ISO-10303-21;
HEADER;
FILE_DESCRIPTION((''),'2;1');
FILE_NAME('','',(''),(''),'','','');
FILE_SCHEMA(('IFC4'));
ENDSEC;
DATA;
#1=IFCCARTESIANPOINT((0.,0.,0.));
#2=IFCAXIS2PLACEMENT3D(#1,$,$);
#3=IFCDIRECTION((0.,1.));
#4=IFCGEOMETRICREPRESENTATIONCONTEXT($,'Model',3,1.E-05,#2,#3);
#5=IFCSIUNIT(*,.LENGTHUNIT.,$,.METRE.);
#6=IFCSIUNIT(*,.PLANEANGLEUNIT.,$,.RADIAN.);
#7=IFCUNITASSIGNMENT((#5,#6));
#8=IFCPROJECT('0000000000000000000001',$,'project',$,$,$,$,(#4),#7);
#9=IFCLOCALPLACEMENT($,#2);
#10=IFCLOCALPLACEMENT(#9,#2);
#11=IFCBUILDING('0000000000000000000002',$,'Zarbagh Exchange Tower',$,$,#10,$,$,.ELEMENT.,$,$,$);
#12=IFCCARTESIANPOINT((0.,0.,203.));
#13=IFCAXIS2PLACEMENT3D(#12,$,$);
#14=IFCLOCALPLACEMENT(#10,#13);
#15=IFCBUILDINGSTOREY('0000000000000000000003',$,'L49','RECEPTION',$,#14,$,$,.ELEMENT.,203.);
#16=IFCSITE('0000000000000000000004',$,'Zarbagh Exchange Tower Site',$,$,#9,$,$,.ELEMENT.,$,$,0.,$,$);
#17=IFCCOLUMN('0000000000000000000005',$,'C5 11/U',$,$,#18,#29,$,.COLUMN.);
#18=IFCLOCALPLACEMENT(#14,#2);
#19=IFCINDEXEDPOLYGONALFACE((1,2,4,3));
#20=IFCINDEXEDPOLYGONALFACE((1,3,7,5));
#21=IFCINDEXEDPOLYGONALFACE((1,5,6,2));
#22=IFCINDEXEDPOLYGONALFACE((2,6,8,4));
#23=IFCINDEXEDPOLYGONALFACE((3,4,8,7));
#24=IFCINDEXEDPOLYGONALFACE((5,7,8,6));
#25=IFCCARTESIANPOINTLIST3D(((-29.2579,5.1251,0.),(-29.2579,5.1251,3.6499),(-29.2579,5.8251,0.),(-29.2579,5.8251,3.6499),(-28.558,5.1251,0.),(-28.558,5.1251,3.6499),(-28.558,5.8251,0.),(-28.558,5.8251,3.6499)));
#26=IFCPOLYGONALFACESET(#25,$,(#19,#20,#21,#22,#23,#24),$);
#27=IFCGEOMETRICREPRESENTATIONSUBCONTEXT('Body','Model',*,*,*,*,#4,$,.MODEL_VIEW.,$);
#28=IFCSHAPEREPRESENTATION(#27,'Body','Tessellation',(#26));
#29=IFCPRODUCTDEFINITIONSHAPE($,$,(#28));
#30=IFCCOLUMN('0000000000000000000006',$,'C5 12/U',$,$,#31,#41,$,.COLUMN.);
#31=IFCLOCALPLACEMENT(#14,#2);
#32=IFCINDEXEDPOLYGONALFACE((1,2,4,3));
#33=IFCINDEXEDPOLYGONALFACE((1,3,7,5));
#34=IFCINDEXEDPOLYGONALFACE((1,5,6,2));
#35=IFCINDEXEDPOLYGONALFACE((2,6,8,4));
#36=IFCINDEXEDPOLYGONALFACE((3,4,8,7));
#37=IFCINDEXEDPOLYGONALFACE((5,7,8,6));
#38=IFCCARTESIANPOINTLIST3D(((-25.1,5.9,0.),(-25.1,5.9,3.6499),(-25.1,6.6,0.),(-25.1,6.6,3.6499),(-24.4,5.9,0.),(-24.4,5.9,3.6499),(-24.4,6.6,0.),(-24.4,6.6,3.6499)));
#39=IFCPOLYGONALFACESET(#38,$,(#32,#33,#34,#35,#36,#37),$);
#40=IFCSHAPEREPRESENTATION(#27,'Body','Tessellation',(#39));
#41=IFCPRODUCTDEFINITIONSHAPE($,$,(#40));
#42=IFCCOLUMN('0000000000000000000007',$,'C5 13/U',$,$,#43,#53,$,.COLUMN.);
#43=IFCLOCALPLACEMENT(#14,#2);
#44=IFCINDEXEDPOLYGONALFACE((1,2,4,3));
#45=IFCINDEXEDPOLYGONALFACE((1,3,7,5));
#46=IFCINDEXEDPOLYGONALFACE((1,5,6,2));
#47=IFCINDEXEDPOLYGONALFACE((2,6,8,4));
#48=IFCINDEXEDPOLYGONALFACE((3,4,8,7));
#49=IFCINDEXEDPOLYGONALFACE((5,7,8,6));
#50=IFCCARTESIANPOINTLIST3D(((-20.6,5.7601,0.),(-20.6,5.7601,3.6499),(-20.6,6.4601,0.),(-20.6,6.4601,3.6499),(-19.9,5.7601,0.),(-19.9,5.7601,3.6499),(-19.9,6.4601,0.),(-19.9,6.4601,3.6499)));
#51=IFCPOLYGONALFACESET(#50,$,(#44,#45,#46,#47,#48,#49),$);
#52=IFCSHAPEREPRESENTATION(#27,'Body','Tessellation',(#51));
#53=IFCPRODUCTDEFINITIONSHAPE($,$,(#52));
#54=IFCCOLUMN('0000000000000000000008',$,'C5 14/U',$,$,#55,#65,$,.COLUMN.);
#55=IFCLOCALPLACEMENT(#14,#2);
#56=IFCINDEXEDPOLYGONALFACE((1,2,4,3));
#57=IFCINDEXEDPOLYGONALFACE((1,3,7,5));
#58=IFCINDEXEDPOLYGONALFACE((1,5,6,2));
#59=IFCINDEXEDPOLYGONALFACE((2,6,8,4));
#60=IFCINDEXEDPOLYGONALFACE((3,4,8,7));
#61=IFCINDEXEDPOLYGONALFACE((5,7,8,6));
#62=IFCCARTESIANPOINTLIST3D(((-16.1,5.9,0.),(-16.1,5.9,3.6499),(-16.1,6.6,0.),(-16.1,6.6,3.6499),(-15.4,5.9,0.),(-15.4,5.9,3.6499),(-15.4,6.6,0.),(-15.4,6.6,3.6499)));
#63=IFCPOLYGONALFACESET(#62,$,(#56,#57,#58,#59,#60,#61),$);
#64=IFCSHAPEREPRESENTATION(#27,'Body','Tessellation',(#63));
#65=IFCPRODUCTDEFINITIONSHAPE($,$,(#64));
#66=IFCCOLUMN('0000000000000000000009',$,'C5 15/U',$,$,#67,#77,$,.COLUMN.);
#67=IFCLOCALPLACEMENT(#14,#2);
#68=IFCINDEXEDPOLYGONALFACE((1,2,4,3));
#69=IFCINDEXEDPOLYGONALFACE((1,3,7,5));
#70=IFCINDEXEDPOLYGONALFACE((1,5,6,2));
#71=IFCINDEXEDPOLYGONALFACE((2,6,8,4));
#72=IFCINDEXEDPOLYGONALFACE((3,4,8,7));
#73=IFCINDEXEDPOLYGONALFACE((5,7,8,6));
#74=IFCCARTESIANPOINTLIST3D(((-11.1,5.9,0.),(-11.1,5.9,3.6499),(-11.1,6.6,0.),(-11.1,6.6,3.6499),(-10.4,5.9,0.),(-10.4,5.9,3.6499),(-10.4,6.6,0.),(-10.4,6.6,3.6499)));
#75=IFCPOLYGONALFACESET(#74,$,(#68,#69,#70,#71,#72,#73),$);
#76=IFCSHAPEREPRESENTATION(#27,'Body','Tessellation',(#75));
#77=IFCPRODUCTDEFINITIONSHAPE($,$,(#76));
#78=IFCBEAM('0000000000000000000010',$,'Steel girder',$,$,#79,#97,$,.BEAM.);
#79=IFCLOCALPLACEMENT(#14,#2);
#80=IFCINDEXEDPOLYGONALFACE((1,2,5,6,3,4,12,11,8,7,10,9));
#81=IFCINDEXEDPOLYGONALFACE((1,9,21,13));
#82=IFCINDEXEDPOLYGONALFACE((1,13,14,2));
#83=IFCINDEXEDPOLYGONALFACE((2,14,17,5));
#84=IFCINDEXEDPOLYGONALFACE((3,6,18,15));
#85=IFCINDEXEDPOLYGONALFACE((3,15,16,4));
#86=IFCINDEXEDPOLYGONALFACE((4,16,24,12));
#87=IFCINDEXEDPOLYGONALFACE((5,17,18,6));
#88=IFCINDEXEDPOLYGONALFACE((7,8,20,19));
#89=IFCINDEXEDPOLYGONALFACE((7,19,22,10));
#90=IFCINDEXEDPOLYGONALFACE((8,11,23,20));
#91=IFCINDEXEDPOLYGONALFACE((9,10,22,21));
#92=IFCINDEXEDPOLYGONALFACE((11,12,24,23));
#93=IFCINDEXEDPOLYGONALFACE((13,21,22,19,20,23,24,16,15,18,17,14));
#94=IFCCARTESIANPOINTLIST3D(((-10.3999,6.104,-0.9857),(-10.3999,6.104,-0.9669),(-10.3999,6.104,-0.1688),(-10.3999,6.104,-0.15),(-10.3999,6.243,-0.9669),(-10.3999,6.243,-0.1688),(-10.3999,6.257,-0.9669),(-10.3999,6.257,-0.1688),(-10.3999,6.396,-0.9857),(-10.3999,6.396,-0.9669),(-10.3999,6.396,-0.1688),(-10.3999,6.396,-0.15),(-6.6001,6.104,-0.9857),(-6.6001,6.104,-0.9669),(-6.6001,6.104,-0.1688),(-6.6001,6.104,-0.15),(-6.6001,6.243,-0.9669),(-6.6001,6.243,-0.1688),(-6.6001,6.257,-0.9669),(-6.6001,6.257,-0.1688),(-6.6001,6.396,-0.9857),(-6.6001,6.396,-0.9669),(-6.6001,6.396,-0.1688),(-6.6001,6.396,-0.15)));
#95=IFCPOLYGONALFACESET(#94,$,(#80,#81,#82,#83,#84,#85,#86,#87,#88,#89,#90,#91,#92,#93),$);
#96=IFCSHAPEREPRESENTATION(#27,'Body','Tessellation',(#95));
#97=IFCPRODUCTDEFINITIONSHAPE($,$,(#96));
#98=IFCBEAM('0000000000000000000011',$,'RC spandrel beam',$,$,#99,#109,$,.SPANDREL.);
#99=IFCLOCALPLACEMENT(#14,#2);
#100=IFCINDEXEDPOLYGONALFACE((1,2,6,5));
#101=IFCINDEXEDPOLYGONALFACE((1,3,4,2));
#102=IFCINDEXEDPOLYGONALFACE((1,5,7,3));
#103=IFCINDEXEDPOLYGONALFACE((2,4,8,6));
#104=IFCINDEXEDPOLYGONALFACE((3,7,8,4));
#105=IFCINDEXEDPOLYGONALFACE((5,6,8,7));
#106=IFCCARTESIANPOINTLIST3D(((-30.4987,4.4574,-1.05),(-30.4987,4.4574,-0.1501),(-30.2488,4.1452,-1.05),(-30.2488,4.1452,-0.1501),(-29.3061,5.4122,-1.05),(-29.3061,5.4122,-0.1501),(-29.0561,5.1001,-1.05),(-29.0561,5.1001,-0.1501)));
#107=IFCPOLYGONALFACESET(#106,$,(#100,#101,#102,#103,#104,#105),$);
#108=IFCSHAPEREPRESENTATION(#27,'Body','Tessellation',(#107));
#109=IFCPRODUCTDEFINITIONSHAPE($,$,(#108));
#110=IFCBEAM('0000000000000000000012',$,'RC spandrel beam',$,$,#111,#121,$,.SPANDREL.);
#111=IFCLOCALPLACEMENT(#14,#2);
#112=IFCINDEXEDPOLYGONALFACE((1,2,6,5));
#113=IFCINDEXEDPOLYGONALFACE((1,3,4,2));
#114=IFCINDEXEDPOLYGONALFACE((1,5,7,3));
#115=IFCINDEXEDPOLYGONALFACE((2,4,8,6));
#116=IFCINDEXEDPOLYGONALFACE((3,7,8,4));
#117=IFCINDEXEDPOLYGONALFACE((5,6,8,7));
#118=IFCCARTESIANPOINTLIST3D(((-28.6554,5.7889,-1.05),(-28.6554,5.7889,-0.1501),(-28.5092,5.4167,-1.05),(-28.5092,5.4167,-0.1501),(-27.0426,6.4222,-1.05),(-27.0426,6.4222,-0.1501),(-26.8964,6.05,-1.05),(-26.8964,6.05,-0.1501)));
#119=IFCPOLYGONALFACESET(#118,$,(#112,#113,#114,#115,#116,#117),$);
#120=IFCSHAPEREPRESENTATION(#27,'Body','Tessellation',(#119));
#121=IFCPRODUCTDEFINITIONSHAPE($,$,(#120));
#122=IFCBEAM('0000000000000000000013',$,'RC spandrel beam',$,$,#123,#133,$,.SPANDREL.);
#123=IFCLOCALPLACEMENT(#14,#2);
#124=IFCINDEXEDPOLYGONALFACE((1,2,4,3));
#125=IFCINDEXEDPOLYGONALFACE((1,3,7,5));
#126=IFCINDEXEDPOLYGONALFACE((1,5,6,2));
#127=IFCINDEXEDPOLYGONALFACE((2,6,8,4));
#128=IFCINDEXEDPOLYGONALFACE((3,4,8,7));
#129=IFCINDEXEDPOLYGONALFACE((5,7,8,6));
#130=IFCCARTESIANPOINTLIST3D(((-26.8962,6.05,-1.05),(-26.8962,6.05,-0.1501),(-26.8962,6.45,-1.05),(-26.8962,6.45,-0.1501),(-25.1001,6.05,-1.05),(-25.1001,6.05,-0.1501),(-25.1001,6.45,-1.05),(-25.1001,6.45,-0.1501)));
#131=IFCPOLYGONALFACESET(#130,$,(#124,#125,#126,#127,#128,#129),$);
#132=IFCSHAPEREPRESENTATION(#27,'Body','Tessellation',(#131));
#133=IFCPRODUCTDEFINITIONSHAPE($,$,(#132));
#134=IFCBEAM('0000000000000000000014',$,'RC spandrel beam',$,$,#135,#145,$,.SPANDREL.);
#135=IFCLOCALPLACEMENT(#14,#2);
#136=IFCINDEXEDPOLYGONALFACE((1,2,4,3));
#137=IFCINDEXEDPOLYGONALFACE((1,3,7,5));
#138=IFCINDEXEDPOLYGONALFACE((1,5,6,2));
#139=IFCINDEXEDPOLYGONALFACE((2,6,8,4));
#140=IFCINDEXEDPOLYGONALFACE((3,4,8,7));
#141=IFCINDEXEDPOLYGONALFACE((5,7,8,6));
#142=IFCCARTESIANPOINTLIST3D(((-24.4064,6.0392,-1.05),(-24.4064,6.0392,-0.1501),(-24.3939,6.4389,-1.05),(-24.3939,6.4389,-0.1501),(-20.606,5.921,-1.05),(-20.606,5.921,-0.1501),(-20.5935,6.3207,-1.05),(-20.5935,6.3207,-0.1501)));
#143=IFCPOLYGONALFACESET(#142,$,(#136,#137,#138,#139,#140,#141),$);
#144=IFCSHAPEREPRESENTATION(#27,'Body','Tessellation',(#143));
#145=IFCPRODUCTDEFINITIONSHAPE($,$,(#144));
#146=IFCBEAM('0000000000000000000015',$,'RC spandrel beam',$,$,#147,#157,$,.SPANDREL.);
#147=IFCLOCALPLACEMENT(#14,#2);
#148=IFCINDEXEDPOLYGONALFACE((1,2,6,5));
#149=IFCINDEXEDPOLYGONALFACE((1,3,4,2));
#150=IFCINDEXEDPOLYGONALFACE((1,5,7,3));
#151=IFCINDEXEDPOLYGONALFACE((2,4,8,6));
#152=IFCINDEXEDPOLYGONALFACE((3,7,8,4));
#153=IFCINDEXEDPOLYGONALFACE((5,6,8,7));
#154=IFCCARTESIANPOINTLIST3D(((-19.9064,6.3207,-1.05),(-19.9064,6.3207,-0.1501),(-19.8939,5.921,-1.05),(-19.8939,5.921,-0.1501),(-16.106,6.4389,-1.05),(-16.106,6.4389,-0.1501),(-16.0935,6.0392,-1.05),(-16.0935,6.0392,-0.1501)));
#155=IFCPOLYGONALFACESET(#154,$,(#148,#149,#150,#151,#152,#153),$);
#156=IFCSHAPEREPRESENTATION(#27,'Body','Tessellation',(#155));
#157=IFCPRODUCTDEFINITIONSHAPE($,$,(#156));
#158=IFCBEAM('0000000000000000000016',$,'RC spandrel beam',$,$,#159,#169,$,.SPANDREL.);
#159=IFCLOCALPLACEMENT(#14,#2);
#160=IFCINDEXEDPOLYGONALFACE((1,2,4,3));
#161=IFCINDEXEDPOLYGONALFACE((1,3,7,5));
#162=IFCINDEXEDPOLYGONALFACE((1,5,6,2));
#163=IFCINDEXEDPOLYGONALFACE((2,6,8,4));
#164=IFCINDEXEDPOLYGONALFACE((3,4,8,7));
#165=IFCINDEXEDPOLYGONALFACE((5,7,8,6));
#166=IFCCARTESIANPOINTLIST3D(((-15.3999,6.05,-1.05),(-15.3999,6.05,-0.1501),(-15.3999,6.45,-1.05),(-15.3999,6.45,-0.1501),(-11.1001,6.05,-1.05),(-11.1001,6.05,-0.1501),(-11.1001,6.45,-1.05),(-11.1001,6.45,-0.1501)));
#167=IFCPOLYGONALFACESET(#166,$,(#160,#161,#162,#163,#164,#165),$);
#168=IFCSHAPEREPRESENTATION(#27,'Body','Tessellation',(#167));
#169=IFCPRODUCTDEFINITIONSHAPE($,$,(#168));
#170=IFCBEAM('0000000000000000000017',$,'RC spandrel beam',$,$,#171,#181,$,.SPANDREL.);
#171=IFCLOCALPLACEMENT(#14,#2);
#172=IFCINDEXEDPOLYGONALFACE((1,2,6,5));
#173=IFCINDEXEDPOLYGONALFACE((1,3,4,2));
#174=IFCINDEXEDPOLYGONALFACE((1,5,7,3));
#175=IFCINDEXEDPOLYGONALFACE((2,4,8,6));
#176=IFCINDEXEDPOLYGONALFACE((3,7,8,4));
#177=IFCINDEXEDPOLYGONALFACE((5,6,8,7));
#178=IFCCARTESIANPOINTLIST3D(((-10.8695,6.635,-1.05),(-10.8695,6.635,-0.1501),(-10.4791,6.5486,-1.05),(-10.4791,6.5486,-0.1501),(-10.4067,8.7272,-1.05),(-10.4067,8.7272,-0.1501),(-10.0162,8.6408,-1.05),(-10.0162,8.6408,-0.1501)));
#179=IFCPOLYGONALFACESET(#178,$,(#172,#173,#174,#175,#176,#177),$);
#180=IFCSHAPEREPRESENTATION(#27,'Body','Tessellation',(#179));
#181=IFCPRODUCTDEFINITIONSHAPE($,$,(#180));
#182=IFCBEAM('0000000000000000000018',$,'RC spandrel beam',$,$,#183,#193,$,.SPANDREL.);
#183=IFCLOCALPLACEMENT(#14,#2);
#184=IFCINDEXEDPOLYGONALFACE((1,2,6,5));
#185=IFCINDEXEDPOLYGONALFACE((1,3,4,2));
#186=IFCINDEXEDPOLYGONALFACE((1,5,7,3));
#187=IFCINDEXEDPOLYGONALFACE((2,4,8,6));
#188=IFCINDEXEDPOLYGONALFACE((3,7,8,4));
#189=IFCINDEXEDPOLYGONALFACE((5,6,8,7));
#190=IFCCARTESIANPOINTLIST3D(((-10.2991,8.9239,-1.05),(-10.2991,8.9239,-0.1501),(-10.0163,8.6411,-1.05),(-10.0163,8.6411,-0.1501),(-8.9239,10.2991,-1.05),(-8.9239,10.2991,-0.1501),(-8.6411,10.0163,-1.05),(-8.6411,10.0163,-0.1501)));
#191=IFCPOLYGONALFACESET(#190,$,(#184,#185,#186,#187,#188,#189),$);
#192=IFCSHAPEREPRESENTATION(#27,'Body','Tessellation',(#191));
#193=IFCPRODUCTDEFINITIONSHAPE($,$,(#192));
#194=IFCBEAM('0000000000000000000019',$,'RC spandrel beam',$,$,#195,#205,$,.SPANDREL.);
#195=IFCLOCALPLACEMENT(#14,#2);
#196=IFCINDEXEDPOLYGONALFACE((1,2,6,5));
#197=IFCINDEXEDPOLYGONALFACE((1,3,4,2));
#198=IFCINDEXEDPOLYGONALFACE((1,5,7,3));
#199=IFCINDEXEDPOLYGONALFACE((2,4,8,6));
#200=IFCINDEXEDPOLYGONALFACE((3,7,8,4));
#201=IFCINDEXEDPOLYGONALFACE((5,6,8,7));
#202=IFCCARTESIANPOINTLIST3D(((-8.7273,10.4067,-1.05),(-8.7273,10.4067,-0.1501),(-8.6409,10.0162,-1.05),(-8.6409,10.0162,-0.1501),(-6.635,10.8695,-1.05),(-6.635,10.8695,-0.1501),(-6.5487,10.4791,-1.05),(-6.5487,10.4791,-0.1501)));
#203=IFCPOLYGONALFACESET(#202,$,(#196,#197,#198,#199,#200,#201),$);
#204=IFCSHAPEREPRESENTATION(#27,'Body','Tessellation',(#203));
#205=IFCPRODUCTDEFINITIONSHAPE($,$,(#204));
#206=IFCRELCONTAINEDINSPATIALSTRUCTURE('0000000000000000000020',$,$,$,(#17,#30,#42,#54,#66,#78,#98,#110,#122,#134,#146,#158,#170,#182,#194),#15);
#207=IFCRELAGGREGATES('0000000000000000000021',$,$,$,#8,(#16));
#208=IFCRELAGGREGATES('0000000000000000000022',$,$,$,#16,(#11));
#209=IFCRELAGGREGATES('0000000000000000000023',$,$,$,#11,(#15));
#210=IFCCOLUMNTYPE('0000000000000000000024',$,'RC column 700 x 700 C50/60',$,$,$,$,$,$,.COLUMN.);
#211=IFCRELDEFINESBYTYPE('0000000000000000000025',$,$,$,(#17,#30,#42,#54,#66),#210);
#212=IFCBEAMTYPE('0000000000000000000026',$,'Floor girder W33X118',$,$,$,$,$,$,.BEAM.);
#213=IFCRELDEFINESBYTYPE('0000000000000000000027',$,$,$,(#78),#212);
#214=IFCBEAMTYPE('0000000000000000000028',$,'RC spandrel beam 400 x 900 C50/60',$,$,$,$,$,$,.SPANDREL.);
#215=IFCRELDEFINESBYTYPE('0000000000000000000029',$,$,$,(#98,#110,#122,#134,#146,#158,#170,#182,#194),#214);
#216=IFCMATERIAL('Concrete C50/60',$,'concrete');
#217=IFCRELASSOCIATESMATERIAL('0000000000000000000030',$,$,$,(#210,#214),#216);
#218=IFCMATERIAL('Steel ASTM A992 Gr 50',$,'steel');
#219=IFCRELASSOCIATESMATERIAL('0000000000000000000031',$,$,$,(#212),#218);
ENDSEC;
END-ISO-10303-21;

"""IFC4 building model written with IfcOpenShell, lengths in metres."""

from ifc_helpers import new_model, si_unit, direction, frame, origin, origin_2d, place, context, subcontext, project, spatial, rectangle, i_section, extrude, material, material_profile, profile_set, type_object, element, save


model = new_model("IFC4")

# Units and contexts
model_context = context("Model", 3, precision=1e-05, world=origin(), true_north=direction((0.0, 1.0)))
body_context = subcontext(model_context, "Body", "Model", "MODEL_VIEW")
ifc_project = project(units=[si_unit("LENGTHUNIT", "METRE"), si_unit("PLANEANGLEUNIT", "RADIAN")], contexts=[model_context])

# Site, building, storey
site_placement = place(None, origin())
site = spatial("IfcSite", under=ifc_project, at=site_placement, Name="Zarbagh Exchange Tower Site", CompositionType="ELEMENT", RefElevation=0.0)
building_placement = place(site_placement, origin())
building = spatial("IfcBuilding", under=site, at=building_placement, Name="Zarbagh Exchange Tower", CompositionType="ELEMENT")
storey_placement = place(building_placement, frame((0.0, 0.0, 203.0)))
storey = spatial("IfcBuildingStorey", under=building, at=storey_placement, Name="L49", Description="RECEPTION", CompositionType="ELEMENT", Elevation=203.0)

# Columns
ifc_material_1 = material(Name="Concrete C50/60", Category="concrete")
ifc_material_profile_1 = material_profile(ifc_material_1, rectangle(XDim=0.7, YDim=0.7, at=origin_2d()), Name="RC column 700 x 700 C50/60")
ifc_profile_set_1 = profile_set([ifc_material_profile_1], Name="Concrete C50/60")
column_type = type_object("IfcColumnType", Name="RC column 700 x 700 C50/60", PredefinedType="COLUMN", material=ifc_profile_set_1)
for number, where, z_axis, x_axis, name in (
    (1, (-28.908, 5.4751, 0.0), (0.0, 0.0, 1.0), (1.0, 0.0, 0.0), "C5 11/U"),
    (2, (-24.75, 6.25, 0.0), (0.0, 0.0, 1.0), (1.0, 0.0, 0.0), "C5 12/U"),
    (3, (-20.25, 6.1101, 0.0), (0.0, 0.0, 1.0), (1.0, 0.0, 0.0), "C5 13/U"),
    (4, (-15.75, 6.25, 0.0), (0.0, 0.0, 1.0), (1.0, 0.0, 0.0), "C5 14/U"),
    (5, (-10.75, 6.25, 0.0), (0.0, 0.0, 1.0), (1.0, 0.0, 0.0), "C5 15/U"),
):
    element("IfcColumn", number, at=place(storey_placement, frame(where, z_axis=z_axis, x_axis=x_axis)), inside=storey, type_object=column_type, Name=name, PredefinedType="COLUMN", context=body_context, shape_type="SweptSolid", body=[
        extrude(rectangle(XDim=0.7, YDim=0.7, at=origin_2d()), origin(), (0.0, 0.0, 1.0), 3.6499),
    ])

# Beams
ifc_material_2 = material(Name="Steel ASTM A992 Gr 50", Category="steel")
ifc_material_profile_2 = material_profile(ifc_material_2, i_section(OverallWidth=0.292, OverallDepth=0.8357, WebThickness=0.0139, FlangeThickness=0.0188, at=origin_2d()), Name="W33X118")
ifc_profile_set_2 = profile_set([ifc_material_profile_2], Name="Steel ASTM A992 Gr 50")
beam_type_1 = type_object("IfcBeamType", Name="Floor girder W33X118", PredefinedType="BEAM", material=ifc_profile_set_2)
beam_1_placement = place(storey_placement, frame((-10.3999, 6.25, -0.5679), z_axis=(1.0, 0.0, 0.0), x_axis=(0.0, 1.0, 0.0)))
element("IfcBeam", 6, at=beam_1_placement, inside=storey, type_object=beam_type_1, Name="Steel girder", PredefinedType="BEAM", context=body_context, shape_type="SweptSolid", body=[
    extrude(i_section(OverallWidth=0.292, OverallDepth=0.8357, WebThickness=0.0139, FlangeThickness=0.0188, at=origin_2d()), origin(), (0.0, 0.0, 1.0), 3.7998),
])
ifc_material_profile_3 = material_profile(ifc_material_1, rectangle(XDim=0.3999, YDim=0.8999, at=origin_2d()), Name="RC spandrel beam 400 x 900 C50/60")
ifc_profile_set_3 = profile_set([ifc_material_profile_3], Name="Concrete C50/60")
beam_type_2 = type_object("IfcBeamType", Name="RC spandrel beam 400 x 900 C50/60", PredefinedType="SPANDREL", material=ifc_profile_set_3)
beam_2_placement = place(storey_placement, frame((-30.3738, 4.3013, -0.6001), z_axis=(0.780635, 0.624987, 0.0), x_axis=(-0.624987, 0.780635, 0.0)))
element("IfcBeam", 7, at=beam_2_placement, inside=storey, type_object=beam_type_2, Name="RC spandrel beam", PredefinedType="SPANDREL", context=body_context, shape_type="SweptSolid", body=[
    extrude(rectangle(XDim=0.3999, YDim=0.8999, at=origin_2d()), origin(), (0.0, 0.0, 1.0), 1.5278),
])
beam_3_placement = place(storey_placement, frame((-28.5823, 5.6028, -0.6001), z_axis=(0.93081, 0.365504, 0.0), x_axis=(-0.365504, 0.93081, 0.0)))
element("IfcBeam", 8, at=beam_3_placement, inside=storey, type_object=beam_type_2, Name="RC spandrel beam", PredefinedType="SPANDREL", context=body_context, shape_type="SweptSolid", body=[
    extrude(rectangle(XDim=0.3999, YDim=0.8999, at=origin_2d()), origin(), (0.0, 0.0, 1.0), 1.7327),
])
beam_4_placement = place(storey_placement, frame((-26.8962, 6.25, -0.6001), z_axis=(1.0, 0.0, 0.0), x_axis=(0.0, 1.0, 0.0)))
element("IfcBeam", 9, at=beam_4_placement, inside=storey, type_object=beam_type_2, Name="RC spandrel beam", PredefinedType="SPANDREL", context=body_context, shape_type="SweptSolid", body=[
    extrude(rectangle(XDim=0.3999, YDim=0.8999, at=origin_2d()), origin(), (0.0, 0.0, 1.0), 1.7961),
])
for number, where, z_axis, x_axis, name in (
    (10, (-24.4001, 6.239, -0.6001), (0.999517, -0.031078, 0.0), (0.031078, 0.999517, 0.0), "RC spandrel beam"),
    (11, (-19.9001, 6.1208, -0.6001), (0.999517, 0.031078, 0.0), (-0.031078, 0.999517, 0.0), "RC spandrel beam"),
):
    element("IfcBeam", number, at=place(storey_placement, frame(where, z_axis=z_axis, x_axis=x_axis)), inside=storey, type_object=beam_type_2, Name=name, PredefinedType="SPANDREL", context=body_context, shape_type="SweptSolid", body=[
        extrude(rectangle(XDim=0.3999, YDim=0.8999, at=origin_2d()), origin(), (0.0, 0.0, 1.0), 3.8022),
    ])
beam_5_placement = place(storey_placement, frame((-15.3999, 6.25, -0.6001), z_axis=(1.0, 0.0, 0.0), x_axis=(0.0, 1.0, 0.0)))
element("IfcBeam", 12, at=beam_5_placement, inside=storey, type_object=beam_type_2, Name="RC spandrel beam", PredefinedType="SPANDREL", context=body_context, shape_type="SweptSolid", body=[
    extrude(rectangle(XDim=0.3999, YDim=0.8999, at=origin_2d()), origin(), (0.0, 0.0, 1.0), 4.2998),
])
beam_6_placement = place(storey_placement, frame((-10.6743, 6.5918, -0.6001), z_axis=(0.216014, 0.97639, 0.0), x_axis=(-0.97639, 0.216014, 0.0)))
element("IfcBeam", 13, at=beam_6_placement, inside=storey, type_object=beam_type_2, Name="RC spandrel beam", PredefinedType="SPANDREL", context=body_context, shape_type="SweptSolid", body=[
    extrude(rectangle(XDim=0.3999, YDim=0.8999, at=origin_2d()), origin(), (0.0, 0.0, 1.0), 2.1428),
])
beam_7_placement = place(storey_placement, frame((-10.1577, 8.7825, -0.6001), z_axis=(0.707107, 0.707107, 0.0), x_axis=(-0.707107, 0.707107, 0.0)))
element("IfcBeam", 14, at=beam_7_placement, inside=storey, type_object=beam_type_2, Name="RC spandrel beam", PredefinedType="SPANDREL", context=body_context, shape_type="SweptSolid", body=[
    extrude(rectangle(XDim=0.3999, YDim=0.8999, at=origin_2d()), origin(), (0.0, 0.0, 1.0), 1.9448),
])
beam_8_placement = place(storey_placement, frame((-8.6841, 10.2114, -0.6001), z_axis=(0.97639, 0.216014, 0.0), x_axis=(-0.216014, 0.97639, 0.0)))
element("IfcBeam", 15, at=beam_8_placement, inside=storey, type_object=beam_type_2, Name="RC spandrel beam", PredefinedType="SPANDREL", context=body_context, shape_type="SweptSolid", body=[
    extrude(rectangle(XDim=0.3999, YDim=0.8999, at=origin_2d()), origin(), (0.0, 0.0, 1.0), 2.1428),
])

save(model, "model.ifc")
